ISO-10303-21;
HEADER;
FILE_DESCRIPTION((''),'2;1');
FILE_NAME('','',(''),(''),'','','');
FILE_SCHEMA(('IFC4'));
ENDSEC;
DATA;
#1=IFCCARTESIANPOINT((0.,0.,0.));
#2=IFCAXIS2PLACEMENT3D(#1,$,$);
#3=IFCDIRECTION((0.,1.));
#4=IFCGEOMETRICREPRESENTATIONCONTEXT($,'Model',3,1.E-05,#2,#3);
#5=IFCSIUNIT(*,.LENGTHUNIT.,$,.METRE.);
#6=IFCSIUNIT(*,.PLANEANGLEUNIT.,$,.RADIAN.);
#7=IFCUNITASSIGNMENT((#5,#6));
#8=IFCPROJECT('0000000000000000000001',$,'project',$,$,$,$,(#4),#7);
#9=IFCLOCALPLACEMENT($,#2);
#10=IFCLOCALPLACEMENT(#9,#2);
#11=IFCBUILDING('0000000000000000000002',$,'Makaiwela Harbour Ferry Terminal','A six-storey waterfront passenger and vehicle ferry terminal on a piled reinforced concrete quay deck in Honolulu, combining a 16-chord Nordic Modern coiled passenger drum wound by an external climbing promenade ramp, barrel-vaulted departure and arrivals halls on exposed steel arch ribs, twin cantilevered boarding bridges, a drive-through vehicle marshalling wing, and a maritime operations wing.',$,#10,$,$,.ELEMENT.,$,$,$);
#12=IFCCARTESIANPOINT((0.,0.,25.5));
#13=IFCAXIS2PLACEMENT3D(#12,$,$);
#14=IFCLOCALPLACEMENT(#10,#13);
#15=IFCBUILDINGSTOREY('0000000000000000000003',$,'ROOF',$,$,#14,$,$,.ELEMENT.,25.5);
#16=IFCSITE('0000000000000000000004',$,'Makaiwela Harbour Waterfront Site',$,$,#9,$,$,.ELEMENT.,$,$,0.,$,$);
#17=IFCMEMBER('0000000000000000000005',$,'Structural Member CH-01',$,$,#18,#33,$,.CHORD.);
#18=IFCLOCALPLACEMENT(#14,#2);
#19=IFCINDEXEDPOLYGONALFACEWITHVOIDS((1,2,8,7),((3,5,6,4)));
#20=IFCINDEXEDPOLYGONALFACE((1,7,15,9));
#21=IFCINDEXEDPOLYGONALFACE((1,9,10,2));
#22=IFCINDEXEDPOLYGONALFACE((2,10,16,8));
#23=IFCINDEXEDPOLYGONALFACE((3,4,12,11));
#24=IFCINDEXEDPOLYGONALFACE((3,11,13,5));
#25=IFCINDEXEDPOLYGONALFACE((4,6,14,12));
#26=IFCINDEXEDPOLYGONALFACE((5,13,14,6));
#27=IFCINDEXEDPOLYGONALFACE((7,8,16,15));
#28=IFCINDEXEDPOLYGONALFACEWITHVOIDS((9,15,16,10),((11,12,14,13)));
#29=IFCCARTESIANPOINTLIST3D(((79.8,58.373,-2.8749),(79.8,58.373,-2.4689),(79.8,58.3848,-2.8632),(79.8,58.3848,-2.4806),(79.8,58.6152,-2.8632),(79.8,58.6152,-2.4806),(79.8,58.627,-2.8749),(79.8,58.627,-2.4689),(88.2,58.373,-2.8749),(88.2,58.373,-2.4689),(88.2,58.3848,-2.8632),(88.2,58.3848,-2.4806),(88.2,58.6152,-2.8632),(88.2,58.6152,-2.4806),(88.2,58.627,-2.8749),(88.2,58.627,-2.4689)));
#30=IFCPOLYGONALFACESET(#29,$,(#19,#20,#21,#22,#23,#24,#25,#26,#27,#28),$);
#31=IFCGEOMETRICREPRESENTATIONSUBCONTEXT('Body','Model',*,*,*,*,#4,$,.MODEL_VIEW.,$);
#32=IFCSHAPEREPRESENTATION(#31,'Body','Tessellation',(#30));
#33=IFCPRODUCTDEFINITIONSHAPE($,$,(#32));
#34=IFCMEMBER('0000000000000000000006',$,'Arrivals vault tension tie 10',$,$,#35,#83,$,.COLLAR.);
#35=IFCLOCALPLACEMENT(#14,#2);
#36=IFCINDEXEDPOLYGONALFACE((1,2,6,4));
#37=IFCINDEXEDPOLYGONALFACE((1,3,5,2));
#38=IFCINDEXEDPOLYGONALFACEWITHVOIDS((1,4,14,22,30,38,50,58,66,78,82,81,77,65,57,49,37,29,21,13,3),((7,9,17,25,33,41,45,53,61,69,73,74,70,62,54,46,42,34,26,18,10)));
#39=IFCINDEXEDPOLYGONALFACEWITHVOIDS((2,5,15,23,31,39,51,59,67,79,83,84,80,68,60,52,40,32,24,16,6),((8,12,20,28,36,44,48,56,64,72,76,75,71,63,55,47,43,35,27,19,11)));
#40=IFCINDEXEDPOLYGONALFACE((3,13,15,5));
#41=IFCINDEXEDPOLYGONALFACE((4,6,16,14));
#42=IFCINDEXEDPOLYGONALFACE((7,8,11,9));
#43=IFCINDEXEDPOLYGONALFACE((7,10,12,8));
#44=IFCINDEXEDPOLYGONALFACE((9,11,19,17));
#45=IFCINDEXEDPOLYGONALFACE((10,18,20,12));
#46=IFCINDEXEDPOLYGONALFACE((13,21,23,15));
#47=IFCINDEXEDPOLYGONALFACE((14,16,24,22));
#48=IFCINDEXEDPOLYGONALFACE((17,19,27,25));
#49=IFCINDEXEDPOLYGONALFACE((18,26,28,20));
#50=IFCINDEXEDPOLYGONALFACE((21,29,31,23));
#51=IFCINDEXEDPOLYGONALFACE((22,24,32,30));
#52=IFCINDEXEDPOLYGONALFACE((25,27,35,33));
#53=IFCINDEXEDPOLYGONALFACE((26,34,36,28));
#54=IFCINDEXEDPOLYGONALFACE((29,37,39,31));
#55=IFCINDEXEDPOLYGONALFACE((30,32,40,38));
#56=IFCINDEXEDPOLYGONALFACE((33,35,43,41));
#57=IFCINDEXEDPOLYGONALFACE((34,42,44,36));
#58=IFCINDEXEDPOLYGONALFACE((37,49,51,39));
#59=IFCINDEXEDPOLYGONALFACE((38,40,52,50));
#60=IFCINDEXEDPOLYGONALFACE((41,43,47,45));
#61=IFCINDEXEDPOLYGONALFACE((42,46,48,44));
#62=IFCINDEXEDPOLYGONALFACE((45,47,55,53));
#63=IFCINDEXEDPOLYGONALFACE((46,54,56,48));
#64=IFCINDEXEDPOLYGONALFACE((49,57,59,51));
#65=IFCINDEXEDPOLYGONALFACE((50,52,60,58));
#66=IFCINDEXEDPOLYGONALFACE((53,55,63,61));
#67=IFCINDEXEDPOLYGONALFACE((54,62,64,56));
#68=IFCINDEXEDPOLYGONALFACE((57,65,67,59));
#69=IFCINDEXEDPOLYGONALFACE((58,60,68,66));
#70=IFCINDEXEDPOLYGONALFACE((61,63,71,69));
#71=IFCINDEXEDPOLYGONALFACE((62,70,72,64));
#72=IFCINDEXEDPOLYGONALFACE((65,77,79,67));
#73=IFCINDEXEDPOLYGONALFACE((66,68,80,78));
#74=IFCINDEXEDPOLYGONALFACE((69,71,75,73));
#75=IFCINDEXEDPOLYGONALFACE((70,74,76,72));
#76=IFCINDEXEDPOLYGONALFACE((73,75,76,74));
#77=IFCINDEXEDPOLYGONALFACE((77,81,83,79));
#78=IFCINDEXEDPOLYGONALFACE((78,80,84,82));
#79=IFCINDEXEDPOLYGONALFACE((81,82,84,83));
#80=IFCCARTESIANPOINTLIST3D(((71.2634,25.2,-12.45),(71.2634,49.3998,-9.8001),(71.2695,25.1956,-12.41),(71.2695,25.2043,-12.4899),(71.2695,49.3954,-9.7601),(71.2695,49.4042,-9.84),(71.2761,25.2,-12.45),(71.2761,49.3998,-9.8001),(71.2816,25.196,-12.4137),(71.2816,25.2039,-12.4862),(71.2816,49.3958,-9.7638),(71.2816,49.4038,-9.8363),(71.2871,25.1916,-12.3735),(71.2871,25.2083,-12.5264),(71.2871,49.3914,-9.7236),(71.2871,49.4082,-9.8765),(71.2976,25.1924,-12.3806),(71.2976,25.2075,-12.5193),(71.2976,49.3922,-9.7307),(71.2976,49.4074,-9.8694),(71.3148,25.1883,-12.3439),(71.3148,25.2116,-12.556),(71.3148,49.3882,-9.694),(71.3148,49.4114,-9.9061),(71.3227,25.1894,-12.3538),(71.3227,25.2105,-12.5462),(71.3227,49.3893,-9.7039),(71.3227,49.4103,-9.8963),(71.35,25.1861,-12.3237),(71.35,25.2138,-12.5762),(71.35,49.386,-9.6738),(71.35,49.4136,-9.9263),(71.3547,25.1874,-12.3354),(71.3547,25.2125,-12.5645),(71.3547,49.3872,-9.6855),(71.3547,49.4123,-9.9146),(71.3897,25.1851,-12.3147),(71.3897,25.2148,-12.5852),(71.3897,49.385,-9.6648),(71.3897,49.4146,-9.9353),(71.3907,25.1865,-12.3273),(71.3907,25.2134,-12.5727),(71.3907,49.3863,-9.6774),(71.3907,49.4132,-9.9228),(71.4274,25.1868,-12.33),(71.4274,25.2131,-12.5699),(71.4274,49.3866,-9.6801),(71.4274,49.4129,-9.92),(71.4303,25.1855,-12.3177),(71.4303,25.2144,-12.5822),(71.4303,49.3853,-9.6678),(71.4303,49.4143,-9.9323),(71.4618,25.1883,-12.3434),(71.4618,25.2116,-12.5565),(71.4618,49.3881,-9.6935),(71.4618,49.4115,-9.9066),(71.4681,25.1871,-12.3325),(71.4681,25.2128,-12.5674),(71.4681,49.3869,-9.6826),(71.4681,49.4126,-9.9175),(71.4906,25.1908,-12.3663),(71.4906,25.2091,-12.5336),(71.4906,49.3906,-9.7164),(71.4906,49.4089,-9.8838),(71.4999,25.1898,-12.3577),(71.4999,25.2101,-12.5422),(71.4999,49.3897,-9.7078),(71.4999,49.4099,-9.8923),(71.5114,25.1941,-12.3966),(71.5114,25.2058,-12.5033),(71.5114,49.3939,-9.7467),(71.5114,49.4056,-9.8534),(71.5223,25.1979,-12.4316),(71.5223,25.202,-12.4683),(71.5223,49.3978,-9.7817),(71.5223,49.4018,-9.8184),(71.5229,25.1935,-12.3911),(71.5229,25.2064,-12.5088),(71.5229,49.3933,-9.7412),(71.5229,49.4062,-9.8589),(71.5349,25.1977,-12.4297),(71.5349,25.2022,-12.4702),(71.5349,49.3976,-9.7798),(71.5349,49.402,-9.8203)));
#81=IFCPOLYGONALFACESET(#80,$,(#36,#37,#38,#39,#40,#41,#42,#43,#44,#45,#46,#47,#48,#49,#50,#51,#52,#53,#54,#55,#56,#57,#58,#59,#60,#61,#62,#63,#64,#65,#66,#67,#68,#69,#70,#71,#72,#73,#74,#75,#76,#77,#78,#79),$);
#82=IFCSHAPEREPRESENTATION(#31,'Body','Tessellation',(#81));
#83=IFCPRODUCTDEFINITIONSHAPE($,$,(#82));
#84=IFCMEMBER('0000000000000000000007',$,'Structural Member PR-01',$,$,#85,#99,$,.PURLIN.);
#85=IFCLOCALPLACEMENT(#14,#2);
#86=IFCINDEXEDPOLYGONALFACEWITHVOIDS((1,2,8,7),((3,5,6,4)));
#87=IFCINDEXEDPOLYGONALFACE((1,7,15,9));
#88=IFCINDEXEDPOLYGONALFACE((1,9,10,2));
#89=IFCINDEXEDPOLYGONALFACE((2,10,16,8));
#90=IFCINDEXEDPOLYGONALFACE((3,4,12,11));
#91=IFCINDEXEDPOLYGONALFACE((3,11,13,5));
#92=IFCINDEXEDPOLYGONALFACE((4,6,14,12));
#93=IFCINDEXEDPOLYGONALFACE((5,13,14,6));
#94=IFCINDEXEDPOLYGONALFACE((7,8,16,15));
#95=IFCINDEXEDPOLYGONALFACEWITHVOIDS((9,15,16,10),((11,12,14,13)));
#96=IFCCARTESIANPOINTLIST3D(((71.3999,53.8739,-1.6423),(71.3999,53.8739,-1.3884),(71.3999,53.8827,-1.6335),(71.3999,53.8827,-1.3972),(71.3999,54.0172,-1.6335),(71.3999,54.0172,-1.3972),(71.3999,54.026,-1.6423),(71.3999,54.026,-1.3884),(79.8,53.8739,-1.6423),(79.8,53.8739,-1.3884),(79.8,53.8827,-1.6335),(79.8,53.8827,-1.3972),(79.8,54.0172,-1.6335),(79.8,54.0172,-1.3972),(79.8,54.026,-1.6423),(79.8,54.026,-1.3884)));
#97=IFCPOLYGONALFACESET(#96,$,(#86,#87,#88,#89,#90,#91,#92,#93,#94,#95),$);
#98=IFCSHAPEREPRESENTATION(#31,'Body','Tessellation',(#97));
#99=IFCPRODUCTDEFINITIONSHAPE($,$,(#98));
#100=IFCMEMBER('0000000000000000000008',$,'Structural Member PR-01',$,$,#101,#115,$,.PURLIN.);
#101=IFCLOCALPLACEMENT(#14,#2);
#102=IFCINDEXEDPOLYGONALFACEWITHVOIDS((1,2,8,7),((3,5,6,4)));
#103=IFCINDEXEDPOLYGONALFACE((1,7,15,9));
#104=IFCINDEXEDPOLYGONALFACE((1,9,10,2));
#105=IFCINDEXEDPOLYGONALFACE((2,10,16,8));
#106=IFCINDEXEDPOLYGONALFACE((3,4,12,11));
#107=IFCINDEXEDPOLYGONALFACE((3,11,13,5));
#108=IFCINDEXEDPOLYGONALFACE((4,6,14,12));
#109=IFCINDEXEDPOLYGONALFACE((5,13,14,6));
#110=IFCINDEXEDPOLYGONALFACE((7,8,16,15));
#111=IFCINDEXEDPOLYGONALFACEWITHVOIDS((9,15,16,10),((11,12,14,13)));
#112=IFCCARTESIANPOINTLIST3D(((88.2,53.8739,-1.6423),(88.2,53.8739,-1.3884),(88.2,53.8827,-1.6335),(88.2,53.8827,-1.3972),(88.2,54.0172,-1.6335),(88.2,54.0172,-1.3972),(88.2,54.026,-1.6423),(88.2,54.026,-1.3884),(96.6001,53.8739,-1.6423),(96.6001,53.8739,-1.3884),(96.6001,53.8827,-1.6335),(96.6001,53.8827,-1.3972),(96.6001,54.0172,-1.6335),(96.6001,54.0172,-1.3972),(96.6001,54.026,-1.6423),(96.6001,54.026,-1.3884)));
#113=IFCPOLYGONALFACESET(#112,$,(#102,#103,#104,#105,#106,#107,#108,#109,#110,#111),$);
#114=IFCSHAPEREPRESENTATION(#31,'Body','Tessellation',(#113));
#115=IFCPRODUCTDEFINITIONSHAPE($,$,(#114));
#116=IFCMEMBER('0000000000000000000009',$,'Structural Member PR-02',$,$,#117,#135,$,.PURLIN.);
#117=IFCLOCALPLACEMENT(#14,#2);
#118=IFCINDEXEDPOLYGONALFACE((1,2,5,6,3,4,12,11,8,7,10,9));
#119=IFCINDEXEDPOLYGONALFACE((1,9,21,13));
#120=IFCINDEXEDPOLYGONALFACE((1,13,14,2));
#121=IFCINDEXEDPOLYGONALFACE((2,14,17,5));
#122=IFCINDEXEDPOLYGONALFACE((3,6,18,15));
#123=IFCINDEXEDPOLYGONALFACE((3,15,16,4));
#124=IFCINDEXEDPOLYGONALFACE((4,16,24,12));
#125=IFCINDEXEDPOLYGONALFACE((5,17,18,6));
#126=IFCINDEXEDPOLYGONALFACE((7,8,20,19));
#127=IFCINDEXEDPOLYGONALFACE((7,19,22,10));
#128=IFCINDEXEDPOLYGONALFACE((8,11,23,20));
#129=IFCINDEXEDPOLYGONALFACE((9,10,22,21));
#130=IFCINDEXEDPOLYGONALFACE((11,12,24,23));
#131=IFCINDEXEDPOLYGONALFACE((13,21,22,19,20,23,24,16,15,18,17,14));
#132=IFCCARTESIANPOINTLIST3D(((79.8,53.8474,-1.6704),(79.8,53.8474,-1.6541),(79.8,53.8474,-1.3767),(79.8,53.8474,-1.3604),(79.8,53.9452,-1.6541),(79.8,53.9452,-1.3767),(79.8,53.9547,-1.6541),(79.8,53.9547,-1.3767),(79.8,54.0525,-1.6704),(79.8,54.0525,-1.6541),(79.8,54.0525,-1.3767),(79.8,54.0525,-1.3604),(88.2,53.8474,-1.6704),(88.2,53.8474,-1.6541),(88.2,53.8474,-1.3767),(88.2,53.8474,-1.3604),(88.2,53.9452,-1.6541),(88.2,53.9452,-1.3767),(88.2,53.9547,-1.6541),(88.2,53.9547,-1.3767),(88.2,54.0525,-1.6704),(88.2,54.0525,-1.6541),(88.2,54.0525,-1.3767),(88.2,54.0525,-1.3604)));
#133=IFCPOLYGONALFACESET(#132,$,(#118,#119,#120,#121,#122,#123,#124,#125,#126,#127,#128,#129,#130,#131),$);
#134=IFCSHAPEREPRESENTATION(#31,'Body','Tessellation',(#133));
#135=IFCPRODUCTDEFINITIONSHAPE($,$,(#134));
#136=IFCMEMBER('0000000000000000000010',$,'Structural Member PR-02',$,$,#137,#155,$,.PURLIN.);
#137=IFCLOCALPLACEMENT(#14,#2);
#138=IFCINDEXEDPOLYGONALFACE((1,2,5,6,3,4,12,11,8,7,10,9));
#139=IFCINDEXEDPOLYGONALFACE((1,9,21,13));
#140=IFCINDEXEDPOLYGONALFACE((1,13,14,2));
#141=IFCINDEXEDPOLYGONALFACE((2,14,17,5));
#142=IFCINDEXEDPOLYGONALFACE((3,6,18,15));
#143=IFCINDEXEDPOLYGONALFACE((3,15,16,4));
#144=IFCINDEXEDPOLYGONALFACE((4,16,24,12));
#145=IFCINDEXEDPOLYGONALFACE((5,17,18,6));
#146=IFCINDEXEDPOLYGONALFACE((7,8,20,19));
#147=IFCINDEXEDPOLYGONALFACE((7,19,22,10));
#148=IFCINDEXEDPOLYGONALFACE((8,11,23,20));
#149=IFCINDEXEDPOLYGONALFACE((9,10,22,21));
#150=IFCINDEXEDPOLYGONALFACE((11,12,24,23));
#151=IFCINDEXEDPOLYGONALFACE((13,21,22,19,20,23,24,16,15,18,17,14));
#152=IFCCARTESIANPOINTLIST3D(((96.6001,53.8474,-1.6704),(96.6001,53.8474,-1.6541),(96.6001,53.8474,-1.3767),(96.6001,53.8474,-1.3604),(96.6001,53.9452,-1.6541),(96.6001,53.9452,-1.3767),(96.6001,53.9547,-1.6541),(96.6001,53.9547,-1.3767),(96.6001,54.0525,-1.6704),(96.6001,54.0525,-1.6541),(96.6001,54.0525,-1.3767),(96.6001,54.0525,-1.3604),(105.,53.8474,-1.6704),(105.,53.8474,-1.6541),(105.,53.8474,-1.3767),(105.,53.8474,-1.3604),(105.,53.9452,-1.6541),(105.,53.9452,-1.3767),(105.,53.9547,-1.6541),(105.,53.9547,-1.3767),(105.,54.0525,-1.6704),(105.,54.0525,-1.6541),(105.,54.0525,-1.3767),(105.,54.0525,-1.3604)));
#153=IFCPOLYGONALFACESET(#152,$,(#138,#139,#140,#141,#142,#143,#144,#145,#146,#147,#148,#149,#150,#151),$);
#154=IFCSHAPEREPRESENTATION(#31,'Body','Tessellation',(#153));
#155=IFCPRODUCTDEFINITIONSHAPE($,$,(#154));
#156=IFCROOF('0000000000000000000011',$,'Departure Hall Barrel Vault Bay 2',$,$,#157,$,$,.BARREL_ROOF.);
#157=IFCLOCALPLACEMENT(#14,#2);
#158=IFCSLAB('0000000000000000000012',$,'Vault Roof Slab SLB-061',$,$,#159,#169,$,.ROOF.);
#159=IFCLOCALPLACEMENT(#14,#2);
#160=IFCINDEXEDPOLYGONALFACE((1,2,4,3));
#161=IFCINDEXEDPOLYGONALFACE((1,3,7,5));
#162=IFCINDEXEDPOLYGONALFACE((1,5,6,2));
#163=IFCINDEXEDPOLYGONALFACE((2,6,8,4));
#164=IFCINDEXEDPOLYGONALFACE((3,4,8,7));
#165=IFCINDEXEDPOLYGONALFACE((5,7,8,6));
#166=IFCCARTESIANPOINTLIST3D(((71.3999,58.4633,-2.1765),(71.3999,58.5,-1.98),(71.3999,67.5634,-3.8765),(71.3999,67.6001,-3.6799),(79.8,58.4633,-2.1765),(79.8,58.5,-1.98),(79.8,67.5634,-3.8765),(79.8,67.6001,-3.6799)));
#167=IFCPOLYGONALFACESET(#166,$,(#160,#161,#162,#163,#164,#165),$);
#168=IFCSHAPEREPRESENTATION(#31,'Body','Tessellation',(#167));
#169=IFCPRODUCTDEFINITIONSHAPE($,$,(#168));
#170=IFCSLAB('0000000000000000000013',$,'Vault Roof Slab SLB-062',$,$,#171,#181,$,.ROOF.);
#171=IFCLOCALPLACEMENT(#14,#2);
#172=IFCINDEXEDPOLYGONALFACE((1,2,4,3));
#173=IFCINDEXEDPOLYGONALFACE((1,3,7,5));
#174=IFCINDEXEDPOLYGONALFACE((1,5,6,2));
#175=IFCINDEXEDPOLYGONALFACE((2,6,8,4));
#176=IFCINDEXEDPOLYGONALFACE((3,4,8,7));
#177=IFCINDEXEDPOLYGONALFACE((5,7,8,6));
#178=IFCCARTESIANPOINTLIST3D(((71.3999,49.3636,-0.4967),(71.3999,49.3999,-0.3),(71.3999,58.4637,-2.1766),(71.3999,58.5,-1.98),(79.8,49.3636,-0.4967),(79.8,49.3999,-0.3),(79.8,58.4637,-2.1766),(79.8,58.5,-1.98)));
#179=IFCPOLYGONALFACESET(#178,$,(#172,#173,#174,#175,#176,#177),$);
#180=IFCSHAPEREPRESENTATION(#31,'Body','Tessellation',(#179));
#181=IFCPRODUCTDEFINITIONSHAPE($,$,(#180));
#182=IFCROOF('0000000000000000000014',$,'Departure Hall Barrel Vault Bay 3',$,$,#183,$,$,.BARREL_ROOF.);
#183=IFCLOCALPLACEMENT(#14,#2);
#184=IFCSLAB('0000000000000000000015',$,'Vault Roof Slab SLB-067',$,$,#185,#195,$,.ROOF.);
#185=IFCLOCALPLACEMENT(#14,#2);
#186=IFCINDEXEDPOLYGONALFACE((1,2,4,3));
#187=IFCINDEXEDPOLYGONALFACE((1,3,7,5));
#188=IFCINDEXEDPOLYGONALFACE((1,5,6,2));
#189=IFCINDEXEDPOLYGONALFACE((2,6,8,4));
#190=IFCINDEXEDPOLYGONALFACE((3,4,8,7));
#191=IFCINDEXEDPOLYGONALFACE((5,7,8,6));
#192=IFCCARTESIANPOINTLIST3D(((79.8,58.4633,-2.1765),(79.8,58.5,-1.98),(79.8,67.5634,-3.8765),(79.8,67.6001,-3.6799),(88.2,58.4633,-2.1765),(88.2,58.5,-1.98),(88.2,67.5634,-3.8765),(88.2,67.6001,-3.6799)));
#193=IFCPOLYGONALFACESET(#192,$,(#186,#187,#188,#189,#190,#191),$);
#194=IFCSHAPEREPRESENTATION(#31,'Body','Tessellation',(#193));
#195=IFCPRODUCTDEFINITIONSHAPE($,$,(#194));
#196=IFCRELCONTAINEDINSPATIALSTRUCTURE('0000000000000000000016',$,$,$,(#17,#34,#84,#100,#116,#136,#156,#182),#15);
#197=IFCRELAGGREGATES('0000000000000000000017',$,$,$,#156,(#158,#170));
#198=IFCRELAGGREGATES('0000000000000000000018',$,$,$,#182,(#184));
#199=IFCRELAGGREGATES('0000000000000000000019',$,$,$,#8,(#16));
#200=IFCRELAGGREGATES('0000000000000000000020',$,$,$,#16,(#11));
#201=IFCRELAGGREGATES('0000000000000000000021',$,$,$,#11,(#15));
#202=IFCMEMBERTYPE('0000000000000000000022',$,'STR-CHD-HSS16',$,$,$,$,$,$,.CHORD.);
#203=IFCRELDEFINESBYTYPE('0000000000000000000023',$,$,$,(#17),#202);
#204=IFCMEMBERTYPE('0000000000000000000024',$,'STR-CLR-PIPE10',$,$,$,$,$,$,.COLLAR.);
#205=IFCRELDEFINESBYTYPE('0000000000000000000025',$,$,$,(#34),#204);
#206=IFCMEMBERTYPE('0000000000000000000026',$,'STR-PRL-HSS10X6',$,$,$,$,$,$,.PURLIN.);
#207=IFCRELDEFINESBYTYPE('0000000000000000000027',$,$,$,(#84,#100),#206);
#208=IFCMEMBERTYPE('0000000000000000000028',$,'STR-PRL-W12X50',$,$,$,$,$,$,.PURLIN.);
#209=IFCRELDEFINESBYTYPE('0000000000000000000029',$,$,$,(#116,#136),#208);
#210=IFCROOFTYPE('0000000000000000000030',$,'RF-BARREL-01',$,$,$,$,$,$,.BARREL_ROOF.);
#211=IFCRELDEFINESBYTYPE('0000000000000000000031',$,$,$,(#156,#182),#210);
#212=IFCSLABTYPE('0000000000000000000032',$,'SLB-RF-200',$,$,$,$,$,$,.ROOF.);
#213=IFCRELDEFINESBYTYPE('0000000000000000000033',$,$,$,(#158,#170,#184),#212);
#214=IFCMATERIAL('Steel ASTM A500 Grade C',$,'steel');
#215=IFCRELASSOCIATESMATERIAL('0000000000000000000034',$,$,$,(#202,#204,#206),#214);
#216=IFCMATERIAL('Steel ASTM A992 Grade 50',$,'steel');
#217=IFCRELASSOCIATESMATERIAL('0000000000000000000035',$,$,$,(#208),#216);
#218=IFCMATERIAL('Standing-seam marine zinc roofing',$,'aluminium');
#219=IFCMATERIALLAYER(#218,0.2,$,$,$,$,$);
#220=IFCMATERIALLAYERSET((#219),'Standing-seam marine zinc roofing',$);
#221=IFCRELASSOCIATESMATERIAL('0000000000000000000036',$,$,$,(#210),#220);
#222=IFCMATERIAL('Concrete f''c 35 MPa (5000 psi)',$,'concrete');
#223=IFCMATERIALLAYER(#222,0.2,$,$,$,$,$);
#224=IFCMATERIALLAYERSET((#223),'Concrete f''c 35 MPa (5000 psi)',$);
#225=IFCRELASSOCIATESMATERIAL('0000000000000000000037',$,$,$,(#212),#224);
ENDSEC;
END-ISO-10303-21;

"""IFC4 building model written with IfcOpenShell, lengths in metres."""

from ifc_helpers import new_model, si_unit, direction, frame, origin, origin_2d, place, context, subcontext, project, spatial, polyline, hollow_rectangle, hollow_circle, i_section, outline, extrude, material, layer, layer_set, material_profile, profile_set, type_object, element, aggregate, save


model = new_model("IFC4")

# Units and contexts
model_context = context("Model", 3, precision=1e-05, world=origin(), true_north=direction((0.0, 1.0)))
body_context = subcontext(model_context, "Body", "Model", "MODEL_VIEW")
ifc_project = project(units=[si_unit("LENGTHUNIT", "METRE"), si_unit("PLANEANGLEUNIT", "RADIAN")], contexts=[model_context])

# Site, building, storey
site_placement = place(None, origin())
site = spatial("IfcSite", under=ifc_project, at=site_placement, Name="Makaiwela Harbour Waterfront Site", CompositionType="ELEMENT", RefElevation=0.0)
building_placement = place(site_placement, origin())
building = spatial("IfcBuilding", under=site, at=building_placement, Name="Makaiwela Harbour Ferry Terminal", Description="A six-storey waterfront passenger and vehicle ferry terminal on a piled reinforced concrete quay deck in Honolulu, combining a 16-chord Nordic Modern coiled passenger drum wound by an external climbing promenade ramp, barrel-vaulted departure and arrivals halls on exposed steel arch ribs, twin cantilevered boarding bridges, a drive-through vehicle marshalling wing, and a maritime operations wing.", CompositionType="ELEMENT")
storey_placement = place(building_placement, frame((0.0, 0.0, 25.5)))
storey = spatial("IfcBuildingStorey", under=building, at=storey_placement, Name="ROOF", CompositionType="ELEMENT", Elevation=25.5)

# Shared definitions
ifc_material_1 = material(Name="Steel ASTM A992 Grade 50", Category="steel")

# Members
ifc_material_2 = material(Name="Steel ASTM A500 Grade C", Category="steel")
ifc_material_profile_1 = material_profile(ifc_material_2, hollow_rectangle(XDim=0.2539, YDim=0.406, WallThickness=0.0117, at=origin_2d()), Name="HSS16X10X1/2")
ifc_profile_set_1 = profile_set([ifc_material_profile_1], Name="Steel ASTM A500 Grade C")
member_type_1 = type_object("IfcMemberType", Name="STR-CHD-HSS16", PredefinedType="CHORD", material=ifc_profile_set_1)
member_1_placement = place(storey_placement, frame((79.8, 58.5, -2.6719), z_axis=(1.0, 0.0, 0.0), x_axis=(0.0, 1.0, 0.0)))
element("IfcMember", 1, at=member_1_placement, inside=storey, type_object=member_type_1, Name="Structural Member CH-01", PredefinedType="CHORD", context=body_context, shape_type="SweptSolid", body=[
    extrude(hollow_rectangle(XDim=0.2539, YDim=0.406, WallThickness=0.0117, at=origin_2d()), origin(), (0.0, 0.0, 1.0), 8.3999),
])
ifc_material_profile_2 = material_profile(ifc_material_2, hollow_circle(Radius=0.1365, WallThickness=0.0127, at=origin_2d()), Name="PIPE10XS")
ifc_profile_set_2 = profile_set([ifc_material_profile_2], Name="Steel ASTM A500 Grade C")
member_type_2 = type_object("IfcMemberType", Name="STR-CLR-PIPE10", PredefinedType="COLLAR", material=ifc_profile_set_2)
member_2_placement = place(storey_placement, frame((71.3999, 25.2, -12.45), z_axis=(0.0, 0.994058, 0.10885), x_axis=(-1.0, 0.0, 0.0)))
element("IfcMember", 2, at=member_2_placement, inside=storey, type_object=member_type_2, Name="Arrivals vault tension tie 10", PredefinedType="COLLAR", context=body_context, shape_type="SweptSolid", body=[
    extrude(hollow_circle(Radius=0.1365, WallThickness=0.0127, at=origin_2d()), origin(), (0.0, 0.0, 1.0), 24.3445),
])
ifc_material_profile_3 = material_profile(ifc_material_2, hollow_rectangle(XDim=0.1521, YDim=0.2539, WallThickness=0.0088, at=origin_2d()), Name="HSS10X6X3/8")
ifc_profile_set_3 = profile_set([ifc_material_profile_3], Name="Steel ASTM A500 Grade C")
member_type_3 = type_object("IfcMemberType", Name="STR-PRL-HSS10X6", PredefinedType="PURLIN", material=ifc_profile_set_3)
for number, where, z_axis, x_axis, name in (
    (3, (71.3999, 53.95, -1.5154), (1.0, 0.0, 0.0), (0.0, 1.0, 0.0), "Structural Member PR-01"),
    (4, (88.2, 53.95, -1.5154), (1.0, 0.0, 0.0), (0.0, 1.0, 0.0), "Structural Member PR-01"),
):
    element("IfcMember", number, at=place(storey_placement, frame(where, z_axis=z_axis, x_axis=x_axis)), inside=storey, type_object=member_type_3, Name=name, PredefinedType="PURLIN", context=body_context, shape_type="SweptSolid", body=[
        extrude(hollow_rectangle(XDim=0.1521, YDim=0.2539, WallThickness=0.0088, at=origin_2d()), origin(), (0.0, 0.0, 1.0), 8.4001),
    ])
ifc_material_profile_4 = material_profile(ifc_material_1, i_section(OverallWidth=0.2051, OverallDepth=0.3101, WebThickness=0.0095, FlangeThickness=0.0164, at=origin_2d()), Name="W12X50")
ifc_profile_set_4 = profile_set([ifc_material_profile_4], Name="Steel ASTM A992 Grade 50")
member_type_4 = type_object("IfcMemberType", Name="STR-PRL-W12X50", PredefinedType="PURLIN", material=ifc_profile_set_4)
for number, where, z_axis, x_axis, name in (
    (5, (79.8, 53.95, -1.5154), (1.0, 0.0, 0.0), (0.0, 1.0, 0.0), "Structural Member PR-02"),
    (6, (96.6001, 53.95, -1.5154), (1.0, 0.0, 0.0), (0.0, 1.0, 0.0), "Structural Member PR-02"),
):
    element("IfcMember", number, at=place(storey_placement, frame(where, z_axis=z_axis, x_axis=x_axis)), inside=storey, type_object=member_type_4, Name=name, PredefinedType="PURLIN", context=body_context, shape_type="SweptSolid", body=[
        extrude(i_section(OverallWidth=0.2051, OverallDepth=0.3101, WebThickness=0.0095, FlangeThickness=0.0164, at=origin_2d()), origin(), (0.0, 0.0, 1.0), 8.3999),
    ])

# Roofs, slabs
ifc_material_3 = material(Name="Standing-seam marine zinc roofing", Category="aluminium")
ifc_layer_1 = layer(ifc_material_3, 0.2)
ifc_layer_set_1 = layer_set([ifc_layer_1], Name="Standing-seam marine zinc roofing")
roof_type = type_object("IfcRoofType", Name="RF-BARREL-01", PredefinedType="BARREL_ROOF", material=ifc_layer_set_1)
roof_1_placement = place(storey_placement, origin())
roof_1 = element("IfcRoof", 7, at=roof_1_placement, inside=storey, type_object=roof_type, Name="Departure Hall Barrel Vault Bay 2", PredefinedType="BARREL_ROOF")
ifc_material_4 = material(Name="Concrete f'c 35 MPa (5000 psi)", Category="concrete")
ifc_layer_2 = layer(ifc_material_4, 0.2)
ifc_layer_set_2 = layer_set([ifc_layer_2], Name="Concrete f'c 35 MPa (5000 psi)")
slab_type = type_object("IfcSlabType", Name="SLB-RF-200", PredefinedType="ROOF", material=ifc_layer_set_2)
slab_1_placement = place(storey_placement, frame((71.3999, 58.5, -1.98), z_axis=(0.0, 0.183629, 0.982996), x_axis=(1.0, 0.0, 0.0)))
slab_1 = element("IfcSlab", 8, at=slab_1_placement, type_object=slab_type, Name="Vault Roof Slab SLB-061", PredefinedType="ROOF", context=body_context, shape_type="SweptSolid", body=[
    extrude(outline(polyline([(0.0, 0.0), (8.4001, 0.0), (8.4001, 9.2575), (0.0, 9.2575), (0.0, 0.0)])), origin(), (0.0, 0.0, -1.0), 0.2),
])
slab_2_placement = place(storey_placement, frame((71.3999, 49.3999, -0.3), z_axis=(0.0, 0.181538, 0.983384), x_axis=(1.0, 0.0, 0.0)))
slab_2 = element("IfcSlab", 9, at=slab_2_placement, type_object=slab_type, Name="Vault Roof Slab SLB-062", PredefinedType="ROOF", context=body_context, shape_type="SweptSolid", body=[
    extrude(outline(polyline([(0.0, 0.0), (8.4001, 0.0), (8.4001, 9.2539), (0.0, 9.2539), (0.0, 0.0)])), origin(), (0.0, 0.0, -1.0), 0.2),
])
roof_2_placement = place(storey_placement, origin())
roof_2 = element("IfcRoof", 10, at=roof_2_placement, inside=storey, type_object=roof_type, Name="Departure Hall Barrel Vault Bay 3", PredefinedType="BARREL_ROOF")
slab_3_placement = place(storey_placement, frame((79.8, 58.5, -1.98), z_axis=(0.0, 0.183629, 0.982996), x_axis=(1.0, 0.0, 0.0)))
slab_3 = element("IfcSlab", 11, at=slab_3_placement, type_object=slab_type, Name="Vault Roof Slab SLB-067", PredefinedType="ROOF", context=body_context, shape_type="SweptSolid", body=[
    extrude(outline(polyline([(0.0, 0.0), (8.3999, 0.0), (8.3999, 9.2575), (0.0, 9.2575), (0.0, 0.0)])), origin(), (0.0, 0.0, -1.0), 0.2),
])

aggregate(roof_1, [slab_1, slab_2])
aggregate(roof_2, [slab_3])

save(model, "model.ifc")
